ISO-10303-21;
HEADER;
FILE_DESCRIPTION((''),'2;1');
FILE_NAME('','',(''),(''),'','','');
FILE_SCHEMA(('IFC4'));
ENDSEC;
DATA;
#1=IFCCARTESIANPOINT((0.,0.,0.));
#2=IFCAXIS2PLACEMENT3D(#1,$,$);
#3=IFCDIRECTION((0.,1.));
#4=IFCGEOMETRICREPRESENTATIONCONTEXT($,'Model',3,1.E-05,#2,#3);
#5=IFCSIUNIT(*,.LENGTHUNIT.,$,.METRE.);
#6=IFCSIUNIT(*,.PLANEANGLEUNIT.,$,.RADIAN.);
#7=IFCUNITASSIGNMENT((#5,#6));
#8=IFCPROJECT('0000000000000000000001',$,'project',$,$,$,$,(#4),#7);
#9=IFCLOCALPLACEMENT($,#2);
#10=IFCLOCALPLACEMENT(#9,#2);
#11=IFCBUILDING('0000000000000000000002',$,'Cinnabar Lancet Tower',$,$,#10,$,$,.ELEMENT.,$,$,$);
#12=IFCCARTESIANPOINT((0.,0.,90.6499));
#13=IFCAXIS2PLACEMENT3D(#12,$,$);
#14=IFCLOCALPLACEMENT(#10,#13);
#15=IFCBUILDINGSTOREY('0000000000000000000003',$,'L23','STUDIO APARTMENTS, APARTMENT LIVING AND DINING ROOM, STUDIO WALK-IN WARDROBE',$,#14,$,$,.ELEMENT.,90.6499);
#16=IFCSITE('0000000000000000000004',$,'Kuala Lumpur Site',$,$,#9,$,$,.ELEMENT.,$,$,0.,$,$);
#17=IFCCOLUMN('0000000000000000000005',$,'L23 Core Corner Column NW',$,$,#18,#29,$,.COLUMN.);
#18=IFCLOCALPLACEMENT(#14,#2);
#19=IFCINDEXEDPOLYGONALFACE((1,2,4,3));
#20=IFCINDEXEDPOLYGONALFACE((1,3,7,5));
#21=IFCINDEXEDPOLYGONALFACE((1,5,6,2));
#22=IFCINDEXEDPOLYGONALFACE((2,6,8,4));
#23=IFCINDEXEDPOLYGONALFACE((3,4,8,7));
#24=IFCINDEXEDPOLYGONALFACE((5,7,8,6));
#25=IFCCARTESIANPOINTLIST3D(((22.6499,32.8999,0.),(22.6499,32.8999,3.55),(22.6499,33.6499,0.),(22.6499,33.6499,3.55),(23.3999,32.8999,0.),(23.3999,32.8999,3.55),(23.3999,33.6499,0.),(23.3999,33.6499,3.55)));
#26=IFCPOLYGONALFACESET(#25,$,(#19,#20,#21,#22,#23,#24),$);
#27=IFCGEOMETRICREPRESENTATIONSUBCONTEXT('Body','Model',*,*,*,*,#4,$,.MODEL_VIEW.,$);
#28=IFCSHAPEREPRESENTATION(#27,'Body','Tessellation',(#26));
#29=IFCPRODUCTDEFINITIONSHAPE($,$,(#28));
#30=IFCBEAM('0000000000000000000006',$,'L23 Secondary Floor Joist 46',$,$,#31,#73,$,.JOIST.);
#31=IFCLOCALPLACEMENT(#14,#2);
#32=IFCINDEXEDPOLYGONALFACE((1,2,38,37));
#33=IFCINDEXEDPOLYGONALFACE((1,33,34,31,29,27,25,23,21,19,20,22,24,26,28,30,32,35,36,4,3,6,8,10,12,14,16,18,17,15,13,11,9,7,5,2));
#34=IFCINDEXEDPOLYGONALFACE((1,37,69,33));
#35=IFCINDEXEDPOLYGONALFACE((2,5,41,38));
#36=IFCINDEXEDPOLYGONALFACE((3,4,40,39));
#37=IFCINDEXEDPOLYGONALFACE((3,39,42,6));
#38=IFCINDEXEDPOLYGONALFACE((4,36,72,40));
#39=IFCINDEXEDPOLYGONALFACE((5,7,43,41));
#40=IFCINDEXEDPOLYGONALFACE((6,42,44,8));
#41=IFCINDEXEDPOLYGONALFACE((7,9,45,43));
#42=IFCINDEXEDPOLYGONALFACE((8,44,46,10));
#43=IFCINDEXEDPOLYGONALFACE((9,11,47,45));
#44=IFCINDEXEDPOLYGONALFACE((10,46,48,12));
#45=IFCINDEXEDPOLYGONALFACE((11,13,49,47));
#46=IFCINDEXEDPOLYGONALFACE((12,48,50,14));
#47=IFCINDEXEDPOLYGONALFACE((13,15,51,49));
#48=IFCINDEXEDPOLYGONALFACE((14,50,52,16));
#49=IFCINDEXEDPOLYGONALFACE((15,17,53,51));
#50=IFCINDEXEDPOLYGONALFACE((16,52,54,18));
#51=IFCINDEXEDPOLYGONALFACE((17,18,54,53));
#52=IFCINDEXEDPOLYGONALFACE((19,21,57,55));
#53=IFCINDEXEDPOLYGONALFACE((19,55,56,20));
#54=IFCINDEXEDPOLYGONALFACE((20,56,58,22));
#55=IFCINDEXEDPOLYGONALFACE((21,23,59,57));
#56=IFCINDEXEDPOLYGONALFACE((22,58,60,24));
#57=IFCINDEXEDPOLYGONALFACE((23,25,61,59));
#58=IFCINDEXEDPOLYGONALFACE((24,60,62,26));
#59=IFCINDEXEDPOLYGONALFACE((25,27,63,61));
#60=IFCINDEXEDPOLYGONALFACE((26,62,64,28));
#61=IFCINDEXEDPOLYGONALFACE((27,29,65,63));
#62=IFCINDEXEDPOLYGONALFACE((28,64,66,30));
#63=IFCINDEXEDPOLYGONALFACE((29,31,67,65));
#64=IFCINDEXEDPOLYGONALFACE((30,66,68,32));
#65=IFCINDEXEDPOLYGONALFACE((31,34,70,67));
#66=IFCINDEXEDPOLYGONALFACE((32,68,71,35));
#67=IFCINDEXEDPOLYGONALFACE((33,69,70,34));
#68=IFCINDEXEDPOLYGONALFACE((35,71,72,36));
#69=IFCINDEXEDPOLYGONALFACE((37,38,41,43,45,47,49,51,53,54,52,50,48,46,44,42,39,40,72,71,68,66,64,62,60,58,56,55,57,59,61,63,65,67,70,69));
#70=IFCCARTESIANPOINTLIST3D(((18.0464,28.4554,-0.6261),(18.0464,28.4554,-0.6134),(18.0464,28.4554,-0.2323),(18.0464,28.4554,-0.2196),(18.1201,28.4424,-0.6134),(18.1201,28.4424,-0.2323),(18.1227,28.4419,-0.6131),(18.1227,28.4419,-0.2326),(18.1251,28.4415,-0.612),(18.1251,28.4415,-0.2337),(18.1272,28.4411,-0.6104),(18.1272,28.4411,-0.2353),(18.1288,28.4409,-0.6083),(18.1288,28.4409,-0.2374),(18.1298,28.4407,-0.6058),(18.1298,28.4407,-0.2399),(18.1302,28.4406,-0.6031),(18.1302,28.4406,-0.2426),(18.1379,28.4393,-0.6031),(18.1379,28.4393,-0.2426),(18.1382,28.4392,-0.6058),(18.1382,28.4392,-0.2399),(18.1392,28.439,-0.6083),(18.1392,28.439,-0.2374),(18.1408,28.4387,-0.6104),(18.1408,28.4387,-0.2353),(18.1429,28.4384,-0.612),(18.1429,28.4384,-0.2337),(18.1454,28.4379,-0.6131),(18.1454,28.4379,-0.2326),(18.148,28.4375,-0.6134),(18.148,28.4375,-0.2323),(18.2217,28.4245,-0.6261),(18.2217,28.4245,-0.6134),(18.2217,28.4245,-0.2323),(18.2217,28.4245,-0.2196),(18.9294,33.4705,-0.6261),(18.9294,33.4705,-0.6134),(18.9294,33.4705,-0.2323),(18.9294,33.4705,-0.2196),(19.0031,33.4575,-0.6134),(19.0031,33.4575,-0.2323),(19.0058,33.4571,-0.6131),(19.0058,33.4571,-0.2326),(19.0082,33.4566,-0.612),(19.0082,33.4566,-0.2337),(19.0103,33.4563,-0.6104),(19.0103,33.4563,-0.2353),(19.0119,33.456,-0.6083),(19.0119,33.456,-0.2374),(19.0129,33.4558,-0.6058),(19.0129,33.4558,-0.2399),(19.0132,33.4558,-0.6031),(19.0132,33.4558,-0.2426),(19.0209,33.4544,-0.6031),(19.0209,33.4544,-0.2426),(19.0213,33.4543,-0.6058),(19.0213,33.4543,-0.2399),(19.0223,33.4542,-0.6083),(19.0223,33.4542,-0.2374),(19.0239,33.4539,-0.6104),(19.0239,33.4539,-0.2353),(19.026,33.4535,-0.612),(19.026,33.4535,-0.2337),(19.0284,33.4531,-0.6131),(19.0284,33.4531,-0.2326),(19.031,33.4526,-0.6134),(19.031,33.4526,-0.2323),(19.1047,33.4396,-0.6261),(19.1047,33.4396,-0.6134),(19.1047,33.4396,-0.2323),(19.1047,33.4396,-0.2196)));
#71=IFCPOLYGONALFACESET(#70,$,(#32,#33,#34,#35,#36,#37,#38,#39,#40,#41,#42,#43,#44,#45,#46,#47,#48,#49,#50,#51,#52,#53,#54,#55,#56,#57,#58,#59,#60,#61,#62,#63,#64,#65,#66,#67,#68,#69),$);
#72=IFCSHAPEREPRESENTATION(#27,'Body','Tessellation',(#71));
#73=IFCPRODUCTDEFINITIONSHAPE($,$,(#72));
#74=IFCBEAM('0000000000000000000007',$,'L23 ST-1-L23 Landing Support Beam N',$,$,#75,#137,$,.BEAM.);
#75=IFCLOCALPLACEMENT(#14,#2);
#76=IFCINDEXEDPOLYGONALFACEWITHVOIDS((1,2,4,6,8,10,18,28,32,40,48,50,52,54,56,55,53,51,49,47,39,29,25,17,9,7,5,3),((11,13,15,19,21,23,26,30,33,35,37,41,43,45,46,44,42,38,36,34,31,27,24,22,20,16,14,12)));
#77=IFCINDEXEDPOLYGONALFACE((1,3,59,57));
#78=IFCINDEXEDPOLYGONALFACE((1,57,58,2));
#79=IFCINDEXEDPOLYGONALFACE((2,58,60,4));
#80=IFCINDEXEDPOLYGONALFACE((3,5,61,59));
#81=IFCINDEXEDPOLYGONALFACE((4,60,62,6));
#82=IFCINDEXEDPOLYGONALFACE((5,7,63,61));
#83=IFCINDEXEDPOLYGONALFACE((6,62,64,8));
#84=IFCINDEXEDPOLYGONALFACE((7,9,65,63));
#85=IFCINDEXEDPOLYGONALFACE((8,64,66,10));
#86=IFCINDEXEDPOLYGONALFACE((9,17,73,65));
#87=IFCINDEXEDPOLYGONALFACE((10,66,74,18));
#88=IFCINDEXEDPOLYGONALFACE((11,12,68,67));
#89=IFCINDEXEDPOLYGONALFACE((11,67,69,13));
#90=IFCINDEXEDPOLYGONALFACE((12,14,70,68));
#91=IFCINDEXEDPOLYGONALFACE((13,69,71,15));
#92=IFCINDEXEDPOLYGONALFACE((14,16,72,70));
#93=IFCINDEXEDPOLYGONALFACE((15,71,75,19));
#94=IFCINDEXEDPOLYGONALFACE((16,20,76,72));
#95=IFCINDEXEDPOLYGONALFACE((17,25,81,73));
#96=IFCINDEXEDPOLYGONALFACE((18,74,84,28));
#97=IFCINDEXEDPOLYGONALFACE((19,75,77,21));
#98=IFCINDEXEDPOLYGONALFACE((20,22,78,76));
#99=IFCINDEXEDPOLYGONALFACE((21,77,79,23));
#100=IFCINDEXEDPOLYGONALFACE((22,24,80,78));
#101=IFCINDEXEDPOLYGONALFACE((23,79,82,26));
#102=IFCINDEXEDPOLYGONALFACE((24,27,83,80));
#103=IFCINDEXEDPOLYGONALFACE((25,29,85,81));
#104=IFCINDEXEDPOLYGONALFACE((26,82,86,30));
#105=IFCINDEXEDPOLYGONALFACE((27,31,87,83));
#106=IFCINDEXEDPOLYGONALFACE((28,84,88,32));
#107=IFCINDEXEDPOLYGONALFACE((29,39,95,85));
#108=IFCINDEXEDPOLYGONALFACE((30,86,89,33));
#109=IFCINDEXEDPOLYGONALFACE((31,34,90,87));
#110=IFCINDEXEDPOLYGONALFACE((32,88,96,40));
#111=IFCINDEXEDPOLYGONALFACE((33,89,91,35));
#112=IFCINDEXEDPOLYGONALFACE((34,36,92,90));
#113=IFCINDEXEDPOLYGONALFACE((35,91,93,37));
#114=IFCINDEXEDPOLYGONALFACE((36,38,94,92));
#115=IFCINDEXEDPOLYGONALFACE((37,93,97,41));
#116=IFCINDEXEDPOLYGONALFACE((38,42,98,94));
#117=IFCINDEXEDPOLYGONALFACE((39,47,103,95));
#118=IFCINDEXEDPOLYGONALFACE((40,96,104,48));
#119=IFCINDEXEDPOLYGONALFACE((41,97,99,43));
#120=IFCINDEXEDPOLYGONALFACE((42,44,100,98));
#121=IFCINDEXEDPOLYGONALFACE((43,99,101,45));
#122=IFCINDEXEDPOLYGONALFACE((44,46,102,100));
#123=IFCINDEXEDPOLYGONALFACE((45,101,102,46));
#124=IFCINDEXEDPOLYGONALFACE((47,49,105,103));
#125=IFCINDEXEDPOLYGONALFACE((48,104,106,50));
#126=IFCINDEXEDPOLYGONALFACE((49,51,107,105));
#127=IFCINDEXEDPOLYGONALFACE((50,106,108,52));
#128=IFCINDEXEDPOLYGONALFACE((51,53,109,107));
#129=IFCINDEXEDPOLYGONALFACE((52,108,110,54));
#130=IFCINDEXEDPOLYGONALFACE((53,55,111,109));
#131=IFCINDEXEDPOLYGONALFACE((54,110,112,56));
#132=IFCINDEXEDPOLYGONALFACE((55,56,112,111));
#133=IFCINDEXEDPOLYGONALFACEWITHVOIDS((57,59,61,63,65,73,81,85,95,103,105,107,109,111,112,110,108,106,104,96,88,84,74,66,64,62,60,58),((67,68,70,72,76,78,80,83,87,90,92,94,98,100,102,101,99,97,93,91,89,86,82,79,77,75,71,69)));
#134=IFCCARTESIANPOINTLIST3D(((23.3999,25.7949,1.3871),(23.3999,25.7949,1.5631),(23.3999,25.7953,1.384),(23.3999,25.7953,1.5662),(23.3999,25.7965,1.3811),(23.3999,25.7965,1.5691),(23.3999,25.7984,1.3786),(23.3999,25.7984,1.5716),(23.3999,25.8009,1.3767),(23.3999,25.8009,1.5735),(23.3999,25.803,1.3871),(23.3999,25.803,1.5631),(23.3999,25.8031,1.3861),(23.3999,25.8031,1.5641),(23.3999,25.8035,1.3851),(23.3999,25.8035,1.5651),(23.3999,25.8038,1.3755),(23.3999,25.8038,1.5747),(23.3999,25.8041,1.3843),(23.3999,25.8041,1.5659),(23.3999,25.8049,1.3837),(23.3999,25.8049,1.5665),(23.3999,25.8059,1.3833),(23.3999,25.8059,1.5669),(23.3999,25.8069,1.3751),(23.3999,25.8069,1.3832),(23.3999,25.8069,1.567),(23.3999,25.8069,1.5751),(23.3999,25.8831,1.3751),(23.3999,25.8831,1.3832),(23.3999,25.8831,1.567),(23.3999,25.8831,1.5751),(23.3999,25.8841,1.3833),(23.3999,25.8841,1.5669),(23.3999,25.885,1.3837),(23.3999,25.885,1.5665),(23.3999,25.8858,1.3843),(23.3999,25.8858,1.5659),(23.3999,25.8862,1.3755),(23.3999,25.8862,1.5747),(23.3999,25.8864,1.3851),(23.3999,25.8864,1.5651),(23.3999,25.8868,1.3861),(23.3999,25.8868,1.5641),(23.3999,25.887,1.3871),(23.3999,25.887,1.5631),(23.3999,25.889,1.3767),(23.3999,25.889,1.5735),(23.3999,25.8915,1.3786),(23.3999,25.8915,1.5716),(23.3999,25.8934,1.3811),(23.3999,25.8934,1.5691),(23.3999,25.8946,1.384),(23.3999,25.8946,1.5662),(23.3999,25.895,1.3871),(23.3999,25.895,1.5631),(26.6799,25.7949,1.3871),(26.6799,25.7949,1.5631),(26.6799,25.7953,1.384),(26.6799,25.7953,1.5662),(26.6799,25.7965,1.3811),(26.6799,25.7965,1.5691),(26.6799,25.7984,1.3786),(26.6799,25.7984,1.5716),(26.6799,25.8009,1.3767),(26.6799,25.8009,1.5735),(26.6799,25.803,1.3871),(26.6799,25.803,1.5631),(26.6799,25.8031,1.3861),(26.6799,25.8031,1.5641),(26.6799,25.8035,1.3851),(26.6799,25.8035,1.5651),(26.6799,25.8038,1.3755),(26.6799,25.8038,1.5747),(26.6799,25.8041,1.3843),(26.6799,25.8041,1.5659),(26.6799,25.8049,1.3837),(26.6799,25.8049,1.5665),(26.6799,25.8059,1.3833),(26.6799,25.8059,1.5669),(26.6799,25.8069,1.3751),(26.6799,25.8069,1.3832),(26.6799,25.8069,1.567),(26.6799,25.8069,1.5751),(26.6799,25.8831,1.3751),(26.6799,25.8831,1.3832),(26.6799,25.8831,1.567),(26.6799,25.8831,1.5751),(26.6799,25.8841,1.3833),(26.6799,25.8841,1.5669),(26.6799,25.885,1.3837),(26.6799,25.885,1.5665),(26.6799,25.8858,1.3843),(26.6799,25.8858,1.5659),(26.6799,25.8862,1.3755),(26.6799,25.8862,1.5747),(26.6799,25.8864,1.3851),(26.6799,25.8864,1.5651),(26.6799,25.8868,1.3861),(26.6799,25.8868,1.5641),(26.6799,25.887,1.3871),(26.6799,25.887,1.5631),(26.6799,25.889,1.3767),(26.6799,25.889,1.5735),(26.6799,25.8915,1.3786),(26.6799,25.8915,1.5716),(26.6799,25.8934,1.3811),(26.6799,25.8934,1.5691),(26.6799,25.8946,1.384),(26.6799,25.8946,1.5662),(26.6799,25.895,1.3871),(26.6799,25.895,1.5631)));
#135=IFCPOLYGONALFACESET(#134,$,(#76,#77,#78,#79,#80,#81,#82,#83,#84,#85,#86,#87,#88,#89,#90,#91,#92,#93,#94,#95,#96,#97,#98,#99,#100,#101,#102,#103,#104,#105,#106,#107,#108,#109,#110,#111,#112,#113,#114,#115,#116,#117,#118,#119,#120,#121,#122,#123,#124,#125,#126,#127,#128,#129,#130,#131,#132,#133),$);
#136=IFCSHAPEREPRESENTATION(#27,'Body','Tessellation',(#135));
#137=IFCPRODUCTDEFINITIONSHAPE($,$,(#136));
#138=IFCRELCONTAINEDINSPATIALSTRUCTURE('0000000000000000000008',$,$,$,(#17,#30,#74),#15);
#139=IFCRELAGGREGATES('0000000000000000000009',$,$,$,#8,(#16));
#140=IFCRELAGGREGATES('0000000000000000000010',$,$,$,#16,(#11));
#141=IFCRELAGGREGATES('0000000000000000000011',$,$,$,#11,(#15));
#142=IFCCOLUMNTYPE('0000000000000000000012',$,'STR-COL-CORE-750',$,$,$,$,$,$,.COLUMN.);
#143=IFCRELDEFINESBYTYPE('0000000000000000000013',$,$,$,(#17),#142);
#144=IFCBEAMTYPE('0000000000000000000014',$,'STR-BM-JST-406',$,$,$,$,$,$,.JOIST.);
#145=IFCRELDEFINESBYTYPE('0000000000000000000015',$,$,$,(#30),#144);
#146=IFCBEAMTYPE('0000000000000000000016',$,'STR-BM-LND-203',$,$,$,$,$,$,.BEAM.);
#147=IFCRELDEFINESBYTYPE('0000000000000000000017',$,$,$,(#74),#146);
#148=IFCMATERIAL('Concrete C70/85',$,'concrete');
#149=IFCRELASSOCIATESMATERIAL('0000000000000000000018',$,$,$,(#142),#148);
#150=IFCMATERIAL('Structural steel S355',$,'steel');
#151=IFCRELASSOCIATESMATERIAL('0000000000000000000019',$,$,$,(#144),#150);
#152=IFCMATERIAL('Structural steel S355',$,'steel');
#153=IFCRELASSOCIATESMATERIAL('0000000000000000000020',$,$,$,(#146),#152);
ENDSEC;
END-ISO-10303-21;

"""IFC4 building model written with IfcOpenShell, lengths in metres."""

from ifc_helpers import new_model, si_unit, direction, frame, origin, origin_2d, place, context, subcontext, project, spatial, rectangle, hollow_rectangle, i_section, extrude, material, material_profile, profile_set, type_object, element, save


model = new_model("IFC4")

# Units and contexts
model_context = context("Model", 3, precision=1e-05, world=origin(), true_north=direction((0.0, 1.0)))
body_context = subcontext(model_context, "Body", "Model", "MODEL_VIEW")
ifc_project = project(units=[si_unit("LENGTHUNIT", "METRE"), si_unit("PLANEANGLEUNIT", "RADIAN")], contexts=[model_context])

# Site, building, storey
site_placement = place(None, origin())
site = spatial("IfcSite", under=ifc_project, at=site_placement, Name="Kuala Lumpur Site", CompositionType="ELEMENT", RefElevation=0.0)
building_placement = place(site_placement, origin())
building = spatial("IfcBuilding", under=site, at=building_placement, Name="Cinnabar Lancet Tower", CompositionType="ELEMENT")
storey_placement = place(building_placement, frame((0.0, 0.0, 90.6499)))
storey = spatial("IfcBuildingStorey", under=building, at=storey_placement, Name="L23", Description="STUDIO APARTMENTS, APARTMENT LIVING AND DINING ROOM, STUDIO WALK-IN WARDROBE", CompositionType="ELEMENT", Elevation=90.6499)

# Column
ifc_material_1 = material(Name="Concrete C70/85", Category="concrete")
ifc_material_profile_1 = material_profile(ifc_material_1, rectangle(XDim=0.75, YDim=0.75, at=origin_2d()), Name="RC-COL 750x750")
ifc_profile_set_1 = profile_set([ifc_material_profile_1], Name="Concrete C70/85")
column_type = type_object("IfcColumnType", Name="STR-COL-CORE-750", PredefinedType="COLUMN", material=ifc_profile_set_1)
column_placement = place(storey_placement, frame((23.0249, 33.2749, 0.0), z_axis=(0.0, 0.0, 1.0), x_axis=(1.0, 0.0, 0.0)))
element("IfcColumn", 1, at=column_placement, inside=storey, type_object=column_type, Name="L23 Core Corner Column NW", PredefinedType="COLUMN", context=body_context, shape_type="SweptSolid", body=[
    extrude(rectangle(XDim=0.75, YDim=0.75, at=origin_2d()), origin(), (0.0, 0.0, 1.0), 3.55),
])

# Beams
ifc_material_2 = material(Name="Structural steel S355", Category="steel")
ifc_material_profile_2 = material_profile(ifc_material_2, i_section(OverallWidth=0.178, OverallDepth=0.4065, WebThickness=0.0078, FlangeThickness=0.0127, FilletRadius=0.0103, at=origin_2d()), Name="UKB 406x178x60")
ifc_profile_set_2 = profile_set([ifc_material_profile_2], Name="Structural steel S355")
beam_type_1 = type_object("IfcBeamType", Name="STR-BM-JST-406", PredefinedType="JOIST", material=ifc_profile_set_2)
beam_1_placement = place(storey_placement, frame((19.0171, 33.4551, -0.4229), z_axis=(-0.173411, -0.98485, 0.0), x_axis=(0.98485, -0.173411, 0.0)))
element("IfcBeam", 2, at=beam_1_placement, inside=storey, type_object=beam_type_1, Name="L23 Secondary Floor Joist 46", PredefinedType="JOIST", context=body_context, shape_type="SweptSolid", body=[
    extrude(i_section(OverallWidth=0.178, OverallDepth=0.4065, WebThickness=0.0078, FlangeThickness=0.0127, FilletRadius=0.0103, at=origin_2d()), origin(), (0.0, 0.0, 1.0), 5.0923),
])
ifc_material_3 = material(Name="Structural steel S355", Category="steel")
ifc_material_profile_3 = material_profile(ifc_material_3, hollow_rectangle(XDim=0.1001, YDim=0.2, WallThickness=0.0081, InnerFilletRadius=0.0039, OuterFilletRadius=0.012, at=origin_2d()), Name="RHS 200x100x8")
ifc_profile_set_3 = profile_set([ifc_material_profile_3], Name="Structural steel S355")
beam_type_2 = type_object("IfcBeamType", Name="STR-BM-LND-203", PredefinedType="BEAM", material=ifc_profile_set_3)
beam_2_placement = place(storey_placement, frame((23.3999, 25.845, 1.4751), z_axis=(1.0, 0.0, 0.0), x_axis=(0.0, 1.0, 0.0)))
element("IfcBeam", 3, at=beam_2_placement, inside=storey, type_object=beam_type_2, Name="L23 ST-1-L23 Landing Support Beam N", PredefinedType="BEAM", context=body_context, shape_type="SweptSolid", body=[
    extrude(hollow_rectangle(XDim=0.1001, YDim=0.2, WallThickness=0.0081, InnerFilletRadius=0.0039, OuterFilletRadius=0.012, at=origin_2d()), origin(), (0.0, 0.0, 1.0), 3.28),
])

save(model, "model.ifc")
